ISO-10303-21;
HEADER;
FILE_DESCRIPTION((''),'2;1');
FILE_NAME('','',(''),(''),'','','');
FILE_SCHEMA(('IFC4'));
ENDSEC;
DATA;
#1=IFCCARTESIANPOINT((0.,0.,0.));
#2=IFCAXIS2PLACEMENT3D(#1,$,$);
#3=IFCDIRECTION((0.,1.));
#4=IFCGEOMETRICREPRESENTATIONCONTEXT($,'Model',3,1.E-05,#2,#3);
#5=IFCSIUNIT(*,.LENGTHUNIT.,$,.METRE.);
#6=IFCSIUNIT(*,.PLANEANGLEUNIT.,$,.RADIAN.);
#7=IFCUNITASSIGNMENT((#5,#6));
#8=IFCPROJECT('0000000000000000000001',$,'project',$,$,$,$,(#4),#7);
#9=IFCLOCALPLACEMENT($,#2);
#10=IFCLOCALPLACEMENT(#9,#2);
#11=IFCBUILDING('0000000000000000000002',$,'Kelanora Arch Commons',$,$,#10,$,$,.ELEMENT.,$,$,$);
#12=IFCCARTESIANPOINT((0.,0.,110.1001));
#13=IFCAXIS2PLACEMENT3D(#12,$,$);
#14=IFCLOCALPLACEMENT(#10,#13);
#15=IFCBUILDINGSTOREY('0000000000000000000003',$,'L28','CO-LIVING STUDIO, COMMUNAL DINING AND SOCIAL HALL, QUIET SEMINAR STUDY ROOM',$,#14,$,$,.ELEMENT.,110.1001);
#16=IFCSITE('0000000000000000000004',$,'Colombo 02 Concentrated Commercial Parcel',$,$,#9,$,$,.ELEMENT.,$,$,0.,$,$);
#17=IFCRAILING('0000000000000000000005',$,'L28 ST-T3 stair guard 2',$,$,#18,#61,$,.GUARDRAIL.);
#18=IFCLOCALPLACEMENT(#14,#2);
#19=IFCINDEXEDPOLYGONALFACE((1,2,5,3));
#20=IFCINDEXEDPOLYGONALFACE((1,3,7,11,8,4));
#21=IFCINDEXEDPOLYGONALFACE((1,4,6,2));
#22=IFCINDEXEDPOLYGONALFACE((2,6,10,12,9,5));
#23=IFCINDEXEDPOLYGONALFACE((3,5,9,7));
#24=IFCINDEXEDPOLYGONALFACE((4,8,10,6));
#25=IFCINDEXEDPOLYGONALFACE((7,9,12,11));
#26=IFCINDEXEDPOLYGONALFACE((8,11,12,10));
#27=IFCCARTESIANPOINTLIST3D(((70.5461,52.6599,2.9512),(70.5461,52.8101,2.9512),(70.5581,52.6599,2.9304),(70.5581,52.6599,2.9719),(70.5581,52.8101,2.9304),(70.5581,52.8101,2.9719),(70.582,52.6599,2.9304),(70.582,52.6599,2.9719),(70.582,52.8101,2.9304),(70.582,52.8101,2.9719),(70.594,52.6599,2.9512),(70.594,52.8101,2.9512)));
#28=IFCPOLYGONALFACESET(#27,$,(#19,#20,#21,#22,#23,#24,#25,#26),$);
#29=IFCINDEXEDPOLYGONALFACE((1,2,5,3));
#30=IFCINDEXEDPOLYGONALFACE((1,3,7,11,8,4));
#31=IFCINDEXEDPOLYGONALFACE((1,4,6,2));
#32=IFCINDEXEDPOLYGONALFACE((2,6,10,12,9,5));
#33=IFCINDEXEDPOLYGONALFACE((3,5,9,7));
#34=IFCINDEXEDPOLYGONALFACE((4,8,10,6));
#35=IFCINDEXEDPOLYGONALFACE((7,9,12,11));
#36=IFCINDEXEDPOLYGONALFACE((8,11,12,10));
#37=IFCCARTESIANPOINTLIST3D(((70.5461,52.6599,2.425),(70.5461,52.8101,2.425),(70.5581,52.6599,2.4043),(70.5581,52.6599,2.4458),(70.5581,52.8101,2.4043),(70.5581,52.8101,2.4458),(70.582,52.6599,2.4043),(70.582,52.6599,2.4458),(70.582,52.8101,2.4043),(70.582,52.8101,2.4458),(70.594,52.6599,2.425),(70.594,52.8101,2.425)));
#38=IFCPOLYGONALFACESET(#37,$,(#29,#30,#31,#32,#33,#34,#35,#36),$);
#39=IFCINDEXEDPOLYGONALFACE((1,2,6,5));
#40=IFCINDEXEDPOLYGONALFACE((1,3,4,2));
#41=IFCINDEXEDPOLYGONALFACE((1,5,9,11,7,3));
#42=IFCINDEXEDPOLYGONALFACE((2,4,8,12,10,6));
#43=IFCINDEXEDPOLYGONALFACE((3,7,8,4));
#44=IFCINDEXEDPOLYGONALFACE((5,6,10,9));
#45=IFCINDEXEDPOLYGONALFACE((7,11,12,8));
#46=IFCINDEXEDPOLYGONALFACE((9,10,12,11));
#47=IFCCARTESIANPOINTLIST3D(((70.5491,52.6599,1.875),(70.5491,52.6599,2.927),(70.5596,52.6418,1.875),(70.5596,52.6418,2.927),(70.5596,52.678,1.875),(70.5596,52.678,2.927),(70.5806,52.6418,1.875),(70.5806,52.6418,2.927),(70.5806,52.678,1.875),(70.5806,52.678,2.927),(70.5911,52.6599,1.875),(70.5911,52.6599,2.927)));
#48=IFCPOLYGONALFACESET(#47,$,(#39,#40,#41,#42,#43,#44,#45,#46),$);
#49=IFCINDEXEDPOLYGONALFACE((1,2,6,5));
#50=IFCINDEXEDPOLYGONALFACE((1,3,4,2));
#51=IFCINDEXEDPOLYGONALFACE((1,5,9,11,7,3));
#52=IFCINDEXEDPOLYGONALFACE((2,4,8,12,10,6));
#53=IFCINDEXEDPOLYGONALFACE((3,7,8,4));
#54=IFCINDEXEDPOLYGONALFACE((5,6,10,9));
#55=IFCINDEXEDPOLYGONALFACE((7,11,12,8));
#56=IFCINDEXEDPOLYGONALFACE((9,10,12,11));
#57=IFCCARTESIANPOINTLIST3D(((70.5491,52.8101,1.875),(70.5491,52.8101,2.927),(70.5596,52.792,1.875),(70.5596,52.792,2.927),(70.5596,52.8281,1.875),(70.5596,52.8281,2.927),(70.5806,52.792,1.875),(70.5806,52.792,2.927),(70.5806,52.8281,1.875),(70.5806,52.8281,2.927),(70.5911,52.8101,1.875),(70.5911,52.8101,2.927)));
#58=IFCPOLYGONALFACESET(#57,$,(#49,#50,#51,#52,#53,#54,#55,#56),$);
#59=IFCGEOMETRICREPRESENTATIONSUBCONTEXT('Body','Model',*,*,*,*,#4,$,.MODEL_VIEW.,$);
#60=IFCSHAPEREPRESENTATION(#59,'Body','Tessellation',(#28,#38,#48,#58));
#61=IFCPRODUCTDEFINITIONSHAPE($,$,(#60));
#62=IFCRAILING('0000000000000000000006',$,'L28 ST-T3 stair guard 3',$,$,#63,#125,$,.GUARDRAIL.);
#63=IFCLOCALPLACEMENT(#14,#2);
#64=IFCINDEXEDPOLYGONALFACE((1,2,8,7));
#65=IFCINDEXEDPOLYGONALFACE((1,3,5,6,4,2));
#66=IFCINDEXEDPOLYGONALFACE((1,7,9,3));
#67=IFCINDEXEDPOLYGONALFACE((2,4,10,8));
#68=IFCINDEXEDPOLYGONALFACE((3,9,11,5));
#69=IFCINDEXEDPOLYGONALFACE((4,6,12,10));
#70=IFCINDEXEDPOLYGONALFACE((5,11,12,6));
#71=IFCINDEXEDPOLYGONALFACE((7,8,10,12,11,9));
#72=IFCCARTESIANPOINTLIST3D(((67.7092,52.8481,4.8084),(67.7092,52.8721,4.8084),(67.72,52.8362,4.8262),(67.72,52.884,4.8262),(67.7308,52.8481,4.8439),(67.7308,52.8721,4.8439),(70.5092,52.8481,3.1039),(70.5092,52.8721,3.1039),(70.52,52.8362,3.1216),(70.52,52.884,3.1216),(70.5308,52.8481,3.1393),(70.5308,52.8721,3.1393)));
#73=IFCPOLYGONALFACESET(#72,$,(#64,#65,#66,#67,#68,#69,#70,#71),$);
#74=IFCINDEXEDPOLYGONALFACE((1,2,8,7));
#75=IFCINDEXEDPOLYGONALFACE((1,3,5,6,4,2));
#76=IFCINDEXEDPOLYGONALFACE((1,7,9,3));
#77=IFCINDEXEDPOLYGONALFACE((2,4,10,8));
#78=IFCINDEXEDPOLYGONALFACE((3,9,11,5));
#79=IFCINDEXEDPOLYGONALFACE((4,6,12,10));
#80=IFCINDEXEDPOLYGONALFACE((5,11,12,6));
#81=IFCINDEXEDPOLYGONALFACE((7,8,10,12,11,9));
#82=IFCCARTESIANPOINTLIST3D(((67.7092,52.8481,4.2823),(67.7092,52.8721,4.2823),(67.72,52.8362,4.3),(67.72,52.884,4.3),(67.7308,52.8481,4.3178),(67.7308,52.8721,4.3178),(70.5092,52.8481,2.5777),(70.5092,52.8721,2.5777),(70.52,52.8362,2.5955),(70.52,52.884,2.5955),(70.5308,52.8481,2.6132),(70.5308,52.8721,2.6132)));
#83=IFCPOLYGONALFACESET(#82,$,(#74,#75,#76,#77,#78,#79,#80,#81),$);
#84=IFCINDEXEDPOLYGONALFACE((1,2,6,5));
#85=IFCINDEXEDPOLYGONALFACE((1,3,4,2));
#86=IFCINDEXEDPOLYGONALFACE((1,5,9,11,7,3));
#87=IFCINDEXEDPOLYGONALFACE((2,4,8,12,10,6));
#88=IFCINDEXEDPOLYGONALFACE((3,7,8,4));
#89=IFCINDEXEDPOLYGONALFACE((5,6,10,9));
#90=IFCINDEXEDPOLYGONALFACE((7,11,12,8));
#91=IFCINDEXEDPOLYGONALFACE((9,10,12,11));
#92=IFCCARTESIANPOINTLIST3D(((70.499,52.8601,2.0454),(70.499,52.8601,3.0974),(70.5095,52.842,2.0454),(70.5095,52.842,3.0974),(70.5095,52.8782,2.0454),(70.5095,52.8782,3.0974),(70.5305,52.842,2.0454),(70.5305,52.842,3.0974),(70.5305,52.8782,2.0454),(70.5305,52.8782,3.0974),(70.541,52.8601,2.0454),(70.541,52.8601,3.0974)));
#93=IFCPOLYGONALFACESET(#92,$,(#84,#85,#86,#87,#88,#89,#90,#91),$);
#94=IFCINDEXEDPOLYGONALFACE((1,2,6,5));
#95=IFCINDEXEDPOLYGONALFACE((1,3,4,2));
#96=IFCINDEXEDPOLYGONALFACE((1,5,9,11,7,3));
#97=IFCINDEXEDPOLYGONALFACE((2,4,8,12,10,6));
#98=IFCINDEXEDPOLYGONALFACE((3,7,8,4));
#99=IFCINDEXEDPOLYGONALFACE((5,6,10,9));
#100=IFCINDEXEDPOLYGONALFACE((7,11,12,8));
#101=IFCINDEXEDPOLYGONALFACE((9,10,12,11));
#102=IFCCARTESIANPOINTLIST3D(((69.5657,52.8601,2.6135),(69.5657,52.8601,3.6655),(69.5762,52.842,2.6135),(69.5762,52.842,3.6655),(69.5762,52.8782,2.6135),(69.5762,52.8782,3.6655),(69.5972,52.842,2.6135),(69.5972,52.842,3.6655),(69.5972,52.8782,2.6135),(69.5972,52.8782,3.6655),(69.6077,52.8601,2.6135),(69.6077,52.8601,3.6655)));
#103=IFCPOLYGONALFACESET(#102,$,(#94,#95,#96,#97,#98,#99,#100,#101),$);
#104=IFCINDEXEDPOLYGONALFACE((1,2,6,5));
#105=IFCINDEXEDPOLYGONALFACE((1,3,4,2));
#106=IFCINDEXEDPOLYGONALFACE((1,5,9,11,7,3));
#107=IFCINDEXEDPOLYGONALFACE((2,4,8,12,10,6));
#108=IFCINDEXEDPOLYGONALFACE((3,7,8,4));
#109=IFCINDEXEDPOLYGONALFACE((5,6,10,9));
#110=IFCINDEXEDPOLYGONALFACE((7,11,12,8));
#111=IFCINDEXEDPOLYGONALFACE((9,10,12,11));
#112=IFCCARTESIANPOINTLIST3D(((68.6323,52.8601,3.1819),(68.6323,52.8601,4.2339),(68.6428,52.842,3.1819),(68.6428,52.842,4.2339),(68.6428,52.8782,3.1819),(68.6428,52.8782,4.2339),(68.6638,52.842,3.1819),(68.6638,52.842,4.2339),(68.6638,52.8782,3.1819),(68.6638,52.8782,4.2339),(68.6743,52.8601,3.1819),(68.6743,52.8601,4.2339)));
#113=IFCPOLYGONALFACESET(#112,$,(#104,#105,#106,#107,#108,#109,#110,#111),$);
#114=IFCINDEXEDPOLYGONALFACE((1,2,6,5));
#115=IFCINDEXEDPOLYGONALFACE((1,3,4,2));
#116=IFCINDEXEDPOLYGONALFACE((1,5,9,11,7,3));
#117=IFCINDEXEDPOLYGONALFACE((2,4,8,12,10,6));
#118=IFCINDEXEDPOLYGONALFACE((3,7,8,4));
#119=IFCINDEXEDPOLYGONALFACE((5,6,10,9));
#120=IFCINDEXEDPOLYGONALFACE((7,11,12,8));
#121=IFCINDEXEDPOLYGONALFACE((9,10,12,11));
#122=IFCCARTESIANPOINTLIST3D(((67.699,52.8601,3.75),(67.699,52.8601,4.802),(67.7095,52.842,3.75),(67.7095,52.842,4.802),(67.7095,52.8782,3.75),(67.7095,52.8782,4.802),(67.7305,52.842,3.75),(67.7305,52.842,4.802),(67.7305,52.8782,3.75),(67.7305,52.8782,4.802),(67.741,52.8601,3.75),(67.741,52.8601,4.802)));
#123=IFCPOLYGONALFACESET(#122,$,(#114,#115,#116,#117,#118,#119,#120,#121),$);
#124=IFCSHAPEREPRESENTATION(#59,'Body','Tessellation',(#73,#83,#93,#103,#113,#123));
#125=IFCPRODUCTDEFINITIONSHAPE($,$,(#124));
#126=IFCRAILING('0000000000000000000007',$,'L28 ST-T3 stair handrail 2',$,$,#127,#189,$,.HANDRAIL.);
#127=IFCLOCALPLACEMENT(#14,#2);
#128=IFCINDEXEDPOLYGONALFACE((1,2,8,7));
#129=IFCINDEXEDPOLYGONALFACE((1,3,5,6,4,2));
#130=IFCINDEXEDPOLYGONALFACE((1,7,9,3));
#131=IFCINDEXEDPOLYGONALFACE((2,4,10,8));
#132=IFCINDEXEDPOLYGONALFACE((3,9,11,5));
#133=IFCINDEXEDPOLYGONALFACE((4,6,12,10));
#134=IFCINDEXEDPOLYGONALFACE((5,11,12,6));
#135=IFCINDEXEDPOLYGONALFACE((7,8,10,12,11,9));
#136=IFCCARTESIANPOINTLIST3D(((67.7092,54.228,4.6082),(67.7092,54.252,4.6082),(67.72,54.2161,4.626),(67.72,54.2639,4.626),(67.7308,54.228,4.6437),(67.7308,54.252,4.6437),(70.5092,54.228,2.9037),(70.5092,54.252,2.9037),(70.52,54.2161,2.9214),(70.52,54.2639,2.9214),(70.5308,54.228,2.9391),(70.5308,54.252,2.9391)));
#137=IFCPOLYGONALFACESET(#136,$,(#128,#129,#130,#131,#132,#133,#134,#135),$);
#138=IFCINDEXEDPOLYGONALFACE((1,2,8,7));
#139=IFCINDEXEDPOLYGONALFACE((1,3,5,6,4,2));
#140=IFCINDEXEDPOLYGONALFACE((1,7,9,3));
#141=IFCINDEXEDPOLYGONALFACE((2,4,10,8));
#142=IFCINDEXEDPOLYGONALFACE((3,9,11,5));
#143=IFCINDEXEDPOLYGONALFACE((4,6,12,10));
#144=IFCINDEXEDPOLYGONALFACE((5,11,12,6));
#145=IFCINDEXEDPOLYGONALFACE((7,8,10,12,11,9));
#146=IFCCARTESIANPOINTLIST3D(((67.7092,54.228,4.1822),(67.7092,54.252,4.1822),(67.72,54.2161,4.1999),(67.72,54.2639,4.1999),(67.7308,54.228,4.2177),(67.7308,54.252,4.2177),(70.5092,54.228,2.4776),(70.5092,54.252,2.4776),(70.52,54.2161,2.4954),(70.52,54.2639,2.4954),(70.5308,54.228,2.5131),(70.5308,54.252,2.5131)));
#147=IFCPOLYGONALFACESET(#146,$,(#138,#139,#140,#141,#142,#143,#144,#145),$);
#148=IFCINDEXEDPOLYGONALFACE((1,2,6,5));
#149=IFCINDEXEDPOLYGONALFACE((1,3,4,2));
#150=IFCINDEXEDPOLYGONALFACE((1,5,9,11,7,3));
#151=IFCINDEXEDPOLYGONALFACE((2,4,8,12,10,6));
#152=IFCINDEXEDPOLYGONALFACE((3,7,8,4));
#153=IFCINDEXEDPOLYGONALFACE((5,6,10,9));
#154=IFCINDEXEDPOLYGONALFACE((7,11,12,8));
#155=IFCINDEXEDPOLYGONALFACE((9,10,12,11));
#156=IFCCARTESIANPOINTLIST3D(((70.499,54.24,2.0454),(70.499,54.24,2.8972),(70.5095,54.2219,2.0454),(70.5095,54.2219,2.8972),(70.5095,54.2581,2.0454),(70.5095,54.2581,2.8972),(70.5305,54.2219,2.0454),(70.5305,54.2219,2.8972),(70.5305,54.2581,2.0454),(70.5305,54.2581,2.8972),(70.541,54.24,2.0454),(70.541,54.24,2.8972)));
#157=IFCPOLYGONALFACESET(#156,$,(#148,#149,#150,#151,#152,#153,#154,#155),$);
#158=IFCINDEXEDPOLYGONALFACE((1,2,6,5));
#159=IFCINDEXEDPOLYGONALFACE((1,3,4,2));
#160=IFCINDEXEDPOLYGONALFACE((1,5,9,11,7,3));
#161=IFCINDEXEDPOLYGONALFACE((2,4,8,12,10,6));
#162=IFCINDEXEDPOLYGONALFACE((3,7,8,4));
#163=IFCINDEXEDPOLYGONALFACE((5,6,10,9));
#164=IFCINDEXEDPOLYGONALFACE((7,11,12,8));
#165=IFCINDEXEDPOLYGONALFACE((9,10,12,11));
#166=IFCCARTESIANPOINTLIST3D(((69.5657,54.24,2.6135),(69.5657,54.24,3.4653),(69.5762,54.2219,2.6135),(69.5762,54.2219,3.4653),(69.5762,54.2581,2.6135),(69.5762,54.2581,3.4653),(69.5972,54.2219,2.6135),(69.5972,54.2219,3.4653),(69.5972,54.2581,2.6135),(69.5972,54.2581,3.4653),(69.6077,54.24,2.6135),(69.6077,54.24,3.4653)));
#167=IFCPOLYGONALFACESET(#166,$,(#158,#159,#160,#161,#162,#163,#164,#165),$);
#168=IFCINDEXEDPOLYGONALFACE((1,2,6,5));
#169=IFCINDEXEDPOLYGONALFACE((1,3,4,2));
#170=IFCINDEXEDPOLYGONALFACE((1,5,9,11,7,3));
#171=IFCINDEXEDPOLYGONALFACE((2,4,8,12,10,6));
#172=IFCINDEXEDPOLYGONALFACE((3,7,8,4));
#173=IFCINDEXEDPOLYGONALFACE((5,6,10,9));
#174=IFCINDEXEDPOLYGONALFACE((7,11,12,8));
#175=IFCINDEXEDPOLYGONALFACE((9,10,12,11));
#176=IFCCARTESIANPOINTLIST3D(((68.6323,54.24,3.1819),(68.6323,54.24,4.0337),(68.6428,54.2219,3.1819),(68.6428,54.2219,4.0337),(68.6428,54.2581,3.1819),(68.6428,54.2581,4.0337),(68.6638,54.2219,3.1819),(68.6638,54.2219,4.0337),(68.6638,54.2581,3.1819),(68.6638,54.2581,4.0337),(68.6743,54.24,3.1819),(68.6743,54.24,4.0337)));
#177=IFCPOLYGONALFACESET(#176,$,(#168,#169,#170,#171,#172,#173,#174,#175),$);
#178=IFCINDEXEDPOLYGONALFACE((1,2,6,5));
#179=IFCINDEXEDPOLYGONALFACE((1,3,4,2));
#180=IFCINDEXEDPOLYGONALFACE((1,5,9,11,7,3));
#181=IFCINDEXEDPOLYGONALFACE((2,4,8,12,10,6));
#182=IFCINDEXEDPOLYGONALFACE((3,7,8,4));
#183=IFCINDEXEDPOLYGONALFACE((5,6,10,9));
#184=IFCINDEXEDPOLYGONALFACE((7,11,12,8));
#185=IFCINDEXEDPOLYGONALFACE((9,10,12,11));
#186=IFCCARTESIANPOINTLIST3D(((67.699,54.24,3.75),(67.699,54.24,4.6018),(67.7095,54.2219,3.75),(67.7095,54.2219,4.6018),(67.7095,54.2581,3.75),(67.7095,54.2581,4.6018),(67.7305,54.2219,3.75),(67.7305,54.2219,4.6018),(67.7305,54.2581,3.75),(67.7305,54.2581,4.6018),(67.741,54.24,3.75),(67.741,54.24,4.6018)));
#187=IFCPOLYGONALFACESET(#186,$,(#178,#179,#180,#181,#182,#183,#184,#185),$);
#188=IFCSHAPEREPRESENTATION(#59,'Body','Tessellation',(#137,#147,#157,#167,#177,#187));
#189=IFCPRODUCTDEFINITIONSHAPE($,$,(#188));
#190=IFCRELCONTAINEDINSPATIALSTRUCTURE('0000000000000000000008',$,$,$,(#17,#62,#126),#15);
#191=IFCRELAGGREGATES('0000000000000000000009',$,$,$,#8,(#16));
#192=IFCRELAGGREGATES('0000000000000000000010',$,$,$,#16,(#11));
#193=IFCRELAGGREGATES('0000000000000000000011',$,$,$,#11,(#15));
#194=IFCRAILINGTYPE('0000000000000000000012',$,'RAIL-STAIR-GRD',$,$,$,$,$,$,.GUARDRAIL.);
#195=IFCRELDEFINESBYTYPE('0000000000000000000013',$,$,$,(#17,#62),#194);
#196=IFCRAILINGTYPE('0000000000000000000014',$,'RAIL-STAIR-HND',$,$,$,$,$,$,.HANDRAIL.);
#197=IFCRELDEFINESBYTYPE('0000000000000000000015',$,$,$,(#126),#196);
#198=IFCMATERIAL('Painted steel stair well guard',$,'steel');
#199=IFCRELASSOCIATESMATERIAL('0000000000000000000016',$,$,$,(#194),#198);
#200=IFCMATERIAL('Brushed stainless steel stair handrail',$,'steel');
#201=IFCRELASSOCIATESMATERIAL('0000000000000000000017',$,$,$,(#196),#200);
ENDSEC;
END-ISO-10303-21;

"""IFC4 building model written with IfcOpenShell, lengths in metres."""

from ifc_helpers import new_model, si_unit, direction, frame, origin, place, context, subcontext, project, spatial, polyline, outline, extrude, material, type_object, element, save


model = new_model("IFC4")

# Units and contexts
model_context = context("Model", 3, precision=1e-05, world=origin(), true_north=direction((0.0, 1.0)))
body_context = subcontext(model_context, "Body", "Model", "MODEL_VIEW")
ifc_project = project(units=[si_unit("LENGTHUNIT", "METRE"), si_unit("PLANEANGLEUNIT", "RADIAN")], contexts=[model_context])

# Site, building, storey
site_placement = place(None, origin())
site = spatial("IfcSite", under=ifc_project, at=site_placement, Name="Colombo 02 Concentrated Commercial Parcel", CompositionType="ELEMENT", RefElevation=0.0)
building_placement = place(site_placement, origin())
building = spatial("IfcBuilding", under=site, at=building_placement, Name="Kelanora Arch Commons", CompositionType="ELEMENT")
storey_placement = place(building_placement, frame((0.0, 0.0, 110.1001)))
storey = spatial("IfcBuildingStorey", under=building, at=storey_placement, Name="L28", Description="CO-LIVING STUDIO, COMMUNAL DINING AND SOCIAL HALL, QUIET SEMINAR STUDY ROOM", CompositionType="ELEMENT", Elevation=110.1001)

# Railings
ifc_material_1 = material(Name="Painted steel stair well guard", Category="steel")
railing_type_1 = type_object("IfcRailingType", Name="RAIL-STAIR-GRD", PredefinedType="GUARDRAIL", material=ifc_material_1)
railing_1_placement = place(storey_placement, frame((70.5701, 52.6599, 1.875)))
element("IfcRailing", 1, at=railing_1_placement, inside=storey, type_object=railing_type_1, Name="L28 ST-T3 stair guard 2", PredefinedType="GUARDRAIL", context=body_context, shape_type="SweptSolid", body=[
    extrude(outline(polyline([(0.0239, 0.0), (0.012, 0.0208), (-0.012, 0.0208), (-0.0239, 0.0), (-0.012, -0.0208), (0.012, -0.0208), (0.0239, 0.0)])), frame((0.0, 0.0, 1.0762), z_axis=(0.0, 1.0, 0.0), x_axis=(-1.0, 0.0, 0.0)), (0.0, 0.0, 1.0), 0.1501),
    extrude(outline(polyline([(0.0239, 0.0), (0.012, 0.0208), (-0.012, 0.0208), (-0.0239, 0.0), (-0.012, -0.0208), (0.012, -0.0208), (0.0239, 0.0)])), frame((0.0, 0.0, 0.55), z_axis=(0.0, 1.0, 0.0), x_axis=(-1.0, 0.0, 0.0)), (0.0, 0.0, 1.0), 0.1501),
    extrude(outline(polyline([(0.021, 0.0), (0.0105, 0.0181), (-0.0105, 0.0181), (-0.021, 0.0), (-0.0105, -0.0181), (0.0105, -0.0181), (0.021, 0.0)])), origin(), (0.0, 0.0, 1.0), 1.052),
    extrude(outline(polyline([(0.021, 0.0), (0.0105, 0.0181), (-0.0105, 0.0181), (-0.021, 0.0), (-0.0105, -0.0181), (0.0105, -0.0181), (0.021, 0.0)])), frame((0.0, 0.1501, 0.0)), (0.0, 0.0, 1.0), 1.052),
])
railing_2_placement = place(storey_placement, frame((70.52, 52.8601, 2.0454)))
element("IfcRailing", 2, at=railing_2_placement, inside=storey, type_object=railing_type_1, Name="L28 ST-T3 stair guard 3", PredefinedType="GUARDRAIL", context=body_context, shape_type="SweptSolid", body=[
    extrude(outline(polyline([(0.0239, 0.0), (0.012, 0.0208), (-0.012, 0.0208), (-0.0239, 0.0), (-0.012, -0.0208), (0.012, -0.0208), (0.0239, 0.0)])), frame((0.0, 0.0, 1.0762), z_axis=(-0.85417, 0.0, 0.519994), x_axis=(0.0, -1.0, 0.0)), (0.0, 0.0, 1.0), 3.2781),
    extrude(outline(polyline([(0.0239, 0.0), (0.012, 0.0208), (-0.012, 0.0208), (-0.0239, 0.0), (-0.012, -0.0208), (0.012, -0.0208), (0.0239, 0.0)])), frame((0.0, 0.0, 0.55), z_axis=(-0.85417, 0.0, 0.519994), x_axis=(0.0, -1.0, 0.0)), (0.0, 0.0, 1.0), 3.2781),
    extrude(outline(polyline([(0.021, 0.0), (0.0105, 0.0181), (-0.0105, 0.0181), (-0.021, 0.0), (-0.0105, -0.0181), (0.0105, -0.0181), (0.021, 0.0)])), origin(), (0.0, 0.0, 1.0), 1.052),
    extrude(outline(polyline([(0.021, 0.0), (0.0105, 0.0181), (-0.0105, 0.0181), (-0.021, 0.0), (-0.0105, -0.0181), (0.0105, -0.0181), (0.021, 0.0)])), frame((-0.9333, 0.0, 0.5681)), (0.0, 0.0, 1.0), 1.052),
    extrude(outline(polyline([(0.021, 0.0), (0.0105, 0.0181), (-0.0105, 0.0181), (-0.021, 0.0), (-0.0105, -0.0181), (0.0105, -0.0181), (0.021, 0.0)])), frame((-1.8667, 0.0, 1.1365)), (0.0, 0.0, 1.0), 1.052),
    extrude(outline(polyline([(0.021, 0.0), (0.0105, 0.0181), (-0.0105, 0.0181), (-0.021, 0.0), (-0.0105, -0.0181), (0.0105, -0.0181), (0.021, 0.0)])), frame((-2.8, 0.0, 1.7046)), (0.0, 0.0, 1.0), 1.052),
])
ifc_material_2 = material(Name="Brushed stainless steel stair handrail", Category="steel")
railing_type_2 = type_object("IfcRailingType", Name="RAIL-STAIR-HND", PredefinedType="HANDRAIL", material=ifc_material_2)
railing_3_placement = place(storey_placement, frame((70.52, 54.24, 2.0454)))
element("IfcRailing", 3, at=railing_3_placement, inside=storey, type_object=railing_type_2, Name="L28 ST-T3 stair handrail 2", PredefinedType="HANDRAIL", context=body_context, shape_type="SweptSolid", body=[
    extrude(outline(polyline([(0.0239, 0.0), (0.012, 0.0208), (-0.012, 0.0208), (-0.0239, 0.0), (-0.012, -0.0208), (0.012, -0.0208), (0.0239, 0.0)])), frame((0.0, 0.0, 0.876), z_axis=(-0.85417, 0.0, 0.519994), x_axis=(0.0, -1.0, 0.0)), (0.0, 0.0, 1.0), 3.2781),
    extrude(outline(polyline([(0.0239, 0.0), (0.012, 0.0208), (-0.012, 0.0208), (-0.0239, 0.0), (-0.012, -0.0208), (0.012, -0.0208), (0.0239, 0.0)])), frame((0.0, 0.0, 0.45), z_axis=(-0.85417, 0.0, 0.519994), x_axis=(0.0, -1.0, 0.0)), (0.0, 0.0, 1.0), 3.2781),
    extrude(outline(polyline([(0.021, 0.0), (0.0105, 0.0181), (-0.0105, 0.0181), (-0.021, 0.0), (-0.0105, -0.0181), (0.0105, -0.0181), (0.021, 0.0)])), origin(), (0.0, 0.0, 1.0), 0.8518),
    extrude(outline(polyline([(0.021, 0.0), (0.0105, 0.0181), (-0.0105, 0.0181), (-0.021, 0.0), (-0.0105, -0.0181), (0.0105, -0.0181), (0.021, 0.0)])), frame((-0.9333, 0.0, 0.5681)), (0.0, 0.0, 1.0), 0.8518),
    extrude(outline(polyline([(0.021, 0.0), (0.0105, 0.0181), (-0.0105, 0.0181), (-0.021, 0.0), (-0.0105, -0.0181), (0.0105, -0.0181), (0.021, 0.0)])), frame((-1.8667, 0.0, 1.1365)), (0.0, 0.0, 1.0), 0.8518),
    extrude(outline(polyline([(0.021, 0.0), (0.0105, 0.0181), (-0.0105, 0.0181), (-0.021, 0.0), (-0.0105, -0.0181), (0.0105, -0.0181), (0.021, 0.0)])), frame((-2.8, 0.0, 1.7046)), (0.0, 0.0, 1.0), 0.8518),
])

save(model, "model.ifc")
